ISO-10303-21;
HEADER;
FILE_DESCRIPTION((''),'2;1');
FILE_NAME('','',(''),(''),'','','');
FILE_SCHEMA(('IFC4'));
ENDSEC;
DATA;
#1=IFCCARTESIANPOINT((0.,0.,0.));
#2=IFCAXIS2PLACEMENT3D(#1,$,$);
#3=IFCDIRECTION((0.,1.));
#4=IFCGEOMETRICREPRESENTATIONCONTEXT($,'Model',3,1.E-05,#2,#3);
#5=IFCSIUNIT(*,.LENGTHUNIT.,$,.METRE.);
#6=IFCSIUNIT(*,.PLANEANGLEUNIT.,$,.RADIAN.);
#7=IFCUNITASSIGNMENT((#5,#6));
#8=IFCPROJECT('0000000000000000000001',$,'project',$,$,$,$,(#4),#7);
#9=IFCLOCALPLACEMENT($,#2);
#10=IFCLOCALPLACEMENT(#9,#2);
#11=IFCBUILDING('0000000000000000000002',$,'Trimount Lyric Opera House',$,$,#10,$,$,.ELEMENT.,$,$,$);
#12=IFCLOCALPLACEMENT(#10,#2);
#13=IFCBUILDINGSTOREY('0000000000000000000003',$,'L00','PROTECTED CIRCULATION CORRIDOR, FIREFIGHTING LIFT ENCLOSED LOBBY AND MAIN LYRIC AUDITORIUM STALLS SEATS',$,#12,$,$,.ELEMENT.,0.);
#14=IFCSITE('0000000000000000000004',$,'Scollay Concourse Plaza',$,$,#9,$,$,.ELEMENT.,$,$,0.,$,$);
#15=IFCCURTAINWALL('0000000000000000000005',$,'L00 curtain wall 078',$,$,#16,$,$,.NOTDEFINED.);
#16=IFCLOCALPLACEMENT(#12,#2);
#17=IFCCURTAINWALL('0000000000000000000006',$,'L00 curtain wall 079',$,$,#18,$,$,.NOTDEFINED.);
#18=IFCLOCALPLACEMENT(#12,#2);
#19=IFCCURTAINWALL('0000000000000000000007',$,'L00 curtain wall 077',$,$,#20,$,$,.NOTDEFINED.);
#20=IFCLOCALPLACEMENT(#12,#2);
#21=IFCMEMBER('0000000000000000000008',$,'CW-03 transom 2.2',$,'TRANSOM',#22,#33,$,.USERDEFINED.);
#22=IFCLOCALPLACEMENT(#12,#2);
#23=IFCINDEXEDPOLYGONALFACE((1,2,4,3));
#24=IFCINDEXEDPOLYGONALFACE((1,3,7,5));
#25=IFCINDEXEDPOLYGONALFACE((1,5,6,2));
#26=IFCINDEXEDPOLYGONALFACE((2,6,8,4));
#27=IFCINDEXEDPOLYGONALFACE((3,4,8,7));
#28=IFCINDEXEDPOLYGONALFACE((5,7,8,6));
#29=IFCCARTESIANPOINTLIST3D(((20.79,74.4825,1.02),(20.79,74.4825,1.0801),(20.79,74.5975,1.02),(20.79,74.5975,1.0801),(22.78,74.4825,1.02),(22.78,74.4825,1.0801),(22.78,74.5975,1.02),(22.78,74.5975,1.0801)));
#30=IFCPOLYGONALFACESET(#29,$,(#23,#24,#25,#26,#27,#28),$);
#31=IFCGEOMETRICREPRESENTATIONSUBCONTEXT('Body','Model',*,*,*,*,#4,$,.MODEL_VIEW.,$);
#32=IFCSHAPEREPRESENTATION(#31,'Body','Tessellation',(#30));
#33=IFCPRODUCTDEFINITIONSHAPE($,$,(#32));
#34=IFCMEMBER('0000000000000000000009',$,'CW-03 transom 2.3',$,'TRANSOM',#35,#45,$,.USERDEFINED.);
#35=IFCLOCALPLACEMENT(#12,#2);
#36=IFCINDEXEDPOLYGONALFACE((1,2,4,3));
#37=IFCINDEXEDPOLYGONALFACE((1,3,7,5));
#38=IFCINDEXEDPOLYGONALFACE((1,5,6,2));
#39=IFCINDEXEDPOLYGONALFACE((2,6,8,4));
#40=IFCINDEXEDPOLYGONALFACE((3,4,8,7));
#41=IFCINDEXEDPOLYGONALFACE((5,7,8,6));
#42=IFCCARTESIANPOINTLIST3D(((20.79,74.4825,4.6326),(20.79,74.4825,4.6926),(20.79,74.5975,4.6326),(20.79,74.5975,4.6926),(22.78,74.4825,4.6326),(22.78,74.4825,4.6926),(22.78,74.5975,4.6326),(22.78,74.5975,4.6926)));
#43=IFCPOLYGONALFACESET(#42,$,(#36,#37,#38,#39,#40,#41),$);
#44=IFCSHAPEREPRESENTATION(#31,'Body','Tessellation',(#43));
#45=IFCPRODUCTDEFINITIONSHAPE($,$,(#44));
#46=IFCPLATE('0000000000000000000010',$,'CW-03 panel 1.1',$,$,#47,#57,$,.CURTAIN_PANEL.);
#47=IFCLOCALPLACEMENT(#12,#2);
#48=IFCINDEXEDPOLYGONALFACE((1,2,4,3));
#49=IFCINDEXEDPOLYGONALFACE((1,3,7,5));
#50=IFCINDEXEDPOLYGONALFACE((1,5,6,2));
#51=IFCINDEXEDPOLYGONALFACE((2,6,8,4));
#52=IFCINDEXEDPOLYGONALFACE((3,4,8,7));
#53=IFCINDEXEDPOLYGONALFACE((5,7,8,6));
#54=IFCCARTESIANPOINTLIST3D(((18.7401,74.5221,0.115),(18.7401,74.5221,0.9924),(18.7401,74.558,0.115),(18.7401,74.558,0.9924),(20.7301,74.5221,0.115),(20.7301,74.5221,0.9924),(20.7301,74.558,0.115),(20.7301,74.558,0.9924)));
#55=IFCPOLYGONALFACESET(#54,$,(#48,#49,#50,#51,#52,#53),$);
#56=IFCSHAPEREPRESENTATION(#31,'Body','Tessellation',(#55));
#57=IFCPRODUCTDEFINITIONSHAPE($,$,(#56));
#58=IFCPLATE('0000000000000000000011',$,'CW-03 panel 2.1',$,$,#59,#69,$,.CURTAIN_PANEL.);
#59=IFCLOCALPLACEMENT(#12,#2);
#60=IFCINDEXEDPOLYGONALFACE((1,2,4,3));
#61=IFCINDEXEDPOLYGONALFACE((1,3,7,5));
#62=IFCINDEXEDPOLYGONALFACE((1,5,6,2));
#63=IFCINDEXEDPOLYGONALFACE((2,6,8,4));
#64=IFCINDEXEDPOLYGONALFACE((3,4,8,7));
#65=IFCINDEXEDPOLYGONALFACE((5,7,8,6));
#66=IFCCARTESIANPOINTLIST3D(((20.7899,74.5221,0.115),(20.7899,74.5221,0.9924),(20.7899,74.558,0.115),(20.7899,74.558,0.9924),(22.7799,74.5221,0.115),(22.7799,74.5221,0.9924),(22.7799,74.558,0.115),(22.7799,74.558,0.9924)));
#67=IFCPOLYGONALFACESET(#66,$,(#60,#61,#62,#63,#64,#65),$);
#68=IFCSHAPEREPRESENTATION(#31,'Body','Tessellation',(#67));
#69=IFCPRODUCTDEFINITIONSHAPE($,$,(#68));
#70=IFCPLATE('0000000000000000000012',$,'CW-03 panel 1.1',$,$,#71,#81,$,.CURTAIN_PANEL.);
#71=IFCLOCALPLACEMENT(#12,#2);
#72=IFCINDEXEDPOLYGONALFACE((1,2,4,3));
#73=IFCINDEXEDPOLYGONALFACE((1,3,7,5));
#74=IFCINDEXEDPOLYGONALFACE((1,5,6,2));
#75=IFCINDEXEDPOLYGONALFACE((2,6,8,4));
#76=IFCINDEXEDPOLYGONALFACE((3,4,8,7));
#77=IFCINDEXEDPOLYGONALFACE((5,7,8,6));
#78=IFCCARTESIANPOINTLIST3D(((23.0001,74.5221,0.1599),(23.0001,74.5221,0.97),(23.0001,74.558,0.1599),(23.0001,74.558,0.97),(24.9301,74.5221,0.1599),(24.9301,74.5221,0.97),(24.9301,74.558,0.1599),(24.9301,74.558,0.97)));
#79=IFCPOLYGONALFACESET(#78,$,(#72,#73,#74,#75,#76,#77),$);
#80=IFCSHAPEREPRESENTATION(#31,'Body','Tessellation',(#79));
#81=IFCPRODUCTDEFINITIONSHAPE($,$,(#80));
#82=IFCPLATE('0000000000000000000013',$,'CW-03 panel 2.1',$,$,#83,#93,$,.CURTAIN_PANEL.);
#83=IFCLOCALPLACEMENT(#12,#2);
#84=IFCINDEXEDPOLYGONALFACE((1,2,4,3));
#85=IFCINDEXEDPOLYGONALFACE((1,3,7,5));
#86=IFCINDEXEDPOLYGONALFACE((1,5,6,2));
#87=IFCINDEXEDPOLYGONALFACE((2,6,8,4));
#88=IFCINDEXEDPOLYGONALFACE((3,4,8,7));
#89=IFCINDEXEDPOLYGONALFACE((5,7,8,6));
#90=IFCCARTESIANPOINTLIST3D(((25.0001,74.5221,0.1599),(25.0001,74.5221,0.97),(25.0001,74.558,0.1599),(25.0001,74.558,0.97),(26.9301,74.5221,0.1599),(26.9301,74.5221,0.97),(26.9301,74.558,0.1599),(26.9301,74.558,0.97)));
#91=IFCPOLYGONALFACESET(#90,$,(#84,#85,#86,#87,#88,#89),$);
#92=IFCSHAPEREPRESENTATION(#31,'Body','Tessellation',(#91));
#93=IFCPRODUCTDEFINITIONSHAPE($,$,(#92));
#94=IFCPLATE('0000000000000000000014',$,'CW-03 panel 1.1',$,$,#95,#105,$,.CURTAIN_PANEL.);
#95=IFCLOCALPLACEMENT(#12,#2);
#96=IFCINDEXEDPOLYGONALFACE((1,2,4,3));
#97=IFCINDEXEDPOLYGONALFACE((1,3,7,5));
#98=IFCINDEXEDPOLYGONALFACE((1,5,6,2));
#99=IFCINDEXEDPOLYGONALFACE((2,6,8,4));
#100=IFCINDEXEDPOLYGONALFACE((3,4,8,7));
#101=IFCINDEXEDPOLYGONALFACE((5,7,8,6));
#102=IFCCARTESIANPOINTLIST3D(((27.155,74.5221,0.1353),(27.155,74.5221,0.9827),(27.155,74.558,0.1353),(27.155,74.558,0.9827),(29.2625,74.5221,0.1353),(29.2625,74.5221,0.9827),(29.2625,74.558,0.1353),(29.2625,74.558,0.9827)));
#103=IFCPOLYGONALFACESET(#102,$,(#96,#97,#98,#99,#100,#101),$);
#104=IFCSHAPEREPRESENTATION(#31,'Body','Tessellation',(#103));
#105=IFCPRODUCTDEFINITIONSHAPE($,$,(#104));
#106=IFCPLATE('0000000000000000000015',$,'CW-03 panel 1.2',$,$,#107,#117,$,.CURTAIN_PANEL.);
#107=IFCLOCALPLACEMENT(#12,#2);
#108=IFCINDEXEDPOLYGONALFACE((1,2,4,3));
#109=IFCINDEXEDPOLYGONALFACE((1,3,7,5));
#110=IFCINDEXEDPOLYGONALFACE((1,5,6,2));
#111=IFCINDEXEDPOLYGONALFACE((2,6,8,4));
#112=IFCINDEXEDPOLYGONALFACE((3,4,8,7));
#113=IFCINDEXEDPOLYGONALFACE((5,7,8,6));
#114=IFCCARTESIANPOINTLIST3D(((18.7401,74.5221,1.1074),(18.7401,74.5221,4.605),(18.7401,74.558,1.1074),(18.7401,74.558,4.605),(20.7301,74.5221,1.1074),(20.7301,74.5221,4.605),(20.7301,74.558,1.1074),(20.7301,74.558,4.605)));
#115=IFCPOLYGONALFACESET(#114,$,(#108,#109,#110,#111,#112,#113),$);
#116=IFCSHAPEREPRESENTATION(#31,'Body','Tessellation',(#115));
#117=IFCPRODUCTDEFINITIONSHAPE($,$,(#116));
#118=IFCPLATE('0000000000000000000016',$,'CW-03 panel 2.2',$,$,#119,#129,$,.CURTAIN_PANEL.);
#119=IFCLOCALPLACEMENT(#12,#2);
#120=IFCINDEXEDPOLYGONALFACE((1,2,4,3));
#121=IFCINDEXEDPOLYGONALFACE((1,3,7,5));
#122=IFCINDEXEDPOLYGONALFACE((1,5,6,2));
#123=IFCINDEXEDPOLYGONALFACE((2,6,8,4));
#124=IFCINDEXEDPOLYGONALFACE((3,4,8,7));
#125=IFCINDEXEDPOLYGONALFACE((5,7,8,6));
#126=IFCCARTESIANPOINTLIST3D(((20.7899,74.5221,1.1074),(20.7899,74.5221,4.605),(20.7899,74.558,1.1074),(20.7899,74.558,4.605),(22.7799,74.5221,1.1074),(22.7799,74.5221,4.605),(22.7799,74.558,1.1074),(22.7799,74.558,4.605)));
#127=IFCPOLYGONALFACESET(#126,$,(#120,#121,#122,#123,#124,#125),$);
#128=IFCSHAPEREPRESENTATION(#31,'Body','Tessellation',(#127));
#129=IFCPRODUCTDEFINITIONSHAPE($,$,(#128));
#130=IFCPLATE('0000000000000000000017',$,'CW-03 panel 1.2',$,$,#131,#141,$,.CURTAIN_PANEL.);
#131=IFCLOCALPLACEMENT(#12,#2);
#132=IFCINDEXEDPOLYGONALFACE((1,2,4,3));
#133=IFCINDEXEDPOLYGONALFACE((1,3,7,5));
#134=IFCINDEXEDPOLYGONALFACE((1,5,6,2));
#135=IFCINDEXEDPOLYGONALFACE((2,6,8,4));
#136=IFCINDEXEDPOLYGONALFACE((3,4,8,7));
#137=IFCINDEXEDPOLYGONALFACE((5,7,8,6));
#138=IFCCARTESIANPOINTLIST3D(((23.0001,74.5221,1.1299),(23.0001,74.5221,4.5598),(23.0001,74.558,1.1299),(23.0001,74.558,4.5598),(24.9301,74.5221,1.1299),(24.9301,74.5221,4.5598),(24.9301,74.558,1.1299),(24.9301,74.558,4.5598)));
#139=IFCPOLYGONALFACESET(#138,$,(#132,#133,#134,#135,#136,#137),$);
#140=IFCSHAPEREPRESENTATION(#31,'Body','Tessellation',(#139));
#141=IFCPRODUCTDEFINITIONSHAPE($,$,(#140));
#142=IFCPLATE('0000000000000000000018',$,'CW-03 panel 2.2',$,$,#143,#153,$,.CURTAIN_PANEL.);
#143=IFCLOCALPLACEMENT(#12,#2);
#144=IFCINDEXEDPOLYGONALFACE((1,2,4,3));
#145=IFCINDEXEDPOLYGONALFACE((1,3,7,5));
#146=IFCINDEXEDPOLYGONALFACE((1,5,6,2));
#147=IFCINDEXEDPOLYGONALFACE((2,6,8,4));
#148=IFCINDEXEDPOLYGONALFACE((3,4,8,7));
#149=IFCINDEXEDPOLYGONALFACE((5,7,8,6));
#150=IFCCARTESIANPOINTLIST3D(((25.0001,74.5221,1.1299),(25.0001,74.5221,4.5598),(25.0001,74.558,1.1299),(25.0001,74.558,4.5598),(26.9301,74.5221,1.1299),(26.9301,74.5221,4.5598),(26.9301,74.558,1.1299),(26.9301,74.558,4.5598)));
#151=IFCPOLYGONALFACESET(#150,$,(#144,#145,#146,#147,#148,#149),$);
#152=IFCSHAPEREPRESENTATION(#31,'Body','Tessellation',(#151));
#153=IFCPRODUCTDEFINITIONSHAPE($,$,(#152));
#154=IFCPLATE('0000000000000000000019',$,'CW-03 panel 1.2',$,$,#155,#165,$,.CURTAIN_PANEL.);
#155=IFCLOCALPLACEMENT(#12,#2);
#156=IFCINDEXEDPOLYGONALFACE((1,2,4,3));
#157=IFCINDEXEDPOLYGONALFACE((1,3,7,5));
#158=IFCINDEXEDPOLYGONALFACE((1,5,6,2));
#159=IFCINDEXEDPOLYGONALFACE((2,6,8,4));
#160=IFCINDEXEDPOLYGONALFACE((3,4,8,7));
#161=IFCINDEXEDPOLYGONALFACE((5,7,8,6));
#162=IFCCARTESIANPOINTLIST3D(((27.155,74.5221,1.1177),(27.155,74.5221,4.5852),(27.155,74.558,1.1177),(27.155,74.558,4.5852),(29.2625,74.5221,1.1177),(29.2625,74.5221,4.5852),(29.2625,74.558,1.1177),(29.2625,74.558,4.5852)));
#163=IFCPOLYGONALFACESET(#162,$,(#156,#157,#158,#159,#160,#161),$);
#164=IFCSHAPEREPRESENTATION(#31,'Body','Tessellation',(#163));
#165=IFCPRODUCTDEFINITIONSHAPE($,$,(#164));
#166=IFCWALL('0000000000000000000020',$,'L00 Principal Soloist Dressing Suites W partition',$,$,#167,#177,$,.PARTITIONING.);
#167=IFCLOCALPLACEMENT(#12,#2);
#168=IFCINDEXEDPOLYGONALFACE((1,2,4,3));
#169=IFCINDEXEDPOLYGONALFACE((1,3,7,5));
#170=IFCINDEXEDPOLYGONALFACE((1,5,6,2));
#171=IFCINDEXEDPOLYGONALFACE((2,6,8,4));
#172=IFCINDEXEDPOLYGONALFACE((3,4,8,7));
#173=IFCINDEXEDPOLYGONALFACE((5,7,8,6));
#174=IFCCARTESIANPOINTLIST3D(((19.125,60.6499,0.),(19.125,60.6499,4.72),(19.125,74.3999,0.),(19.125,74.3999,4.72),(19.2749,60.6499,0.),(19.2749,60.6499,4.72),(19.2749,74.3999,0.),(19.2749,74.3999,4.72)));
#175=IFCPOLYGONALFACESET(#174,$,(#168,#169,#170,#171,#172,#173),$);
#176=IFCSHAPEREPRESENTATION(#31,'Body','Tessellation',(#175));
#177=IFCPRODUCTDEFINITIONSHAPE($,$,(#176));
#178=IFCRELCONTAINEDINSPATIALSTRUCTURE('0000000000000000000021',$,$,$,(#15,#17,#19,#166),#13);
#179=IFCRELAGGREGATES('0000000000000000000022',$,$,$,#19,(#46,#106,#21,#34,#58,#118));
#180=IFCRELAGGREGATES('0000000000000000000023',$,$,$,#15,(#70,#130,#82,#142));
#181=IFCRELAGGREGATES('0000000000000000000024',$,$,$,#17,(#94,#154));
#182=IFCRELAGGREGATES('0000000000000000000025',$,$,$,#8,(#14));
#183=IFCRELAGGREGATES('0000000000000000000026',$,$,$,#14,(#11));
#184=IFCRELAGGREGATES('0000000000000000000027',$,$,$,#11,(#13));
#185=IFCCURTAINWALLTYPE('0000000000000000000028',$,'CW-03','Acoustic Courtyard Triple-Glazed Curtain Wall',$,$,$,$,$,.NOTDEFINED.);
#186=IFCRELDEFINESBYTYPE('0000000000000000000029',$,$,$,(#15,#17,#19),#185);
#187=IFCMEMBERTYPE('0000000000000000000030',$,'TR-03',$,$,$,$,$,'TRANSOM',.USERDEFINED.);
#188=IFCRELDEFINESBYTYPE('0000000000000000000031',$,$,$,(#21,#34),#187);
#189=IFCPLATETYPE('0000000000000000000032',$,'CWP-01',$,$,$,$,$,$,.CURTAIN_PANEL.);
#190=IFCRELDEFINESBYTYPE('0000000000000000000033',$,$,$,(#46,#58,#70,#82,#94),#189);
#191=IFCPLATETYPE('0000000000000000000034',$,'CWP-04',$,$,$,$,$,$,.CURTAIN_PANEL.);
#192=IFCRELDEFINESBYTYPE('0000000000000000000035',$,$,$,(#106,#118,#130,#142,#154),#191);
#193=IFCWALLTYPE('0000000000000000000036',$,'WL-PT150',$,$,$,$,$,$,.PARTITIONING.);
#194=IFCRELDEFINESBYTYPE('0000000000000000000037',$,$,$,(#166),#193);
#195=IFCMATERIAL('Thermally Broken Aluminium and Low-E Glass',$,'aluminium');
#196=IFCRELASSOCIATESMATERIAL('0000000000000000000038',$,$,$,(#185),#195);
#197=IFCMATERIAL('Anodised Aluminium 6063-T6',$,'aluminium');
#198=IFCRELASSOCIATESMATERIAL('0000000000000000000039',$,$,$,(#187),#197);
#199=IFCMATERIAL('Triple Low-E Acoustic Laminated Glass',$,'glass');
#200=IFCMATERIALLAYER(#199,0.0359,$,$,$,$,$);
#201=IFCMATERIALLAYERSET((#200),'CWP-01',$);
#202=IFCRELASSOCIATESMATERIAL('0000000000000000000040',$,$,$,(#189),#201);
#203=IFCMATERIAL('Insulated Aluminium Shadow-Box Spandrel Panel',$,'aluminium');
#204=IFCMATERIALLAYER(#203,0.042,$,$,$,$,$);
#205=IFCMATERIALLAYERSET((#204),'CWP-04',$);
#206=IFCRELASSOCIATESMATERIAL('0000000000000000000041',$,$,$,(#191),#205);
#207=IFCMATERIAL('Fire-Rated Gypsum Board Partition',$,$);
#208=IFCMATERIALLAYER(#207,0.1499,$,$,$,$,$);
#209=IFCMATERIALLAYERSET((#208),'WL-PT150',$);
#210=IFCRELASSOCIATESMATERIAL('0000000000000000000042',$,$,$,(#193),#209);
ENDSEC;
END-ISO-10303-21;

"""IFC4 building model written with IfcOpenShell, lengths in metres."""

from ifc_helpers import new_model, si_unit, direction, frame, frame_2d, origin, origin_2d, place, context, subcontext, project, spatial, rectangle, extrude, material, layer, layer_set, material_profile, profile_set, type_object, element, aggregate, save


model = new_model("IFC4")

# Units and contexts
model_context = context("Model", 3, precision=1e-05, world=origin(), true_north=direction((0.0, 1.0)))
body_context = subcontext(model_context, "Body", "Model", "MODEL_VIEW")
ifc_project = project(units=[si_unit("LENGTHUNIT", "METRE"), si_unit("PLANEANGLEUNIT", "RADIAN")], contexts=[model_context])

# Site, building, storey
site_placement = place(None, origin())
site = spatial("IfcSite", under=ifc_project, at=site_placement, Name="Scollay Concourse Plaza", CompositionType="ELEMENT", RefElevation=0.0)
building_placement = place(site_placement, origin())
building = spatial("IfcBuilding", under=site, at=building_placement, Name="Trimount Lyric Opera House", CompositionType="ELEMENT")
storey_placement = place(building_placement, origin())
storey = spatial("IfcBuildingStorey", under=building, at=storey_placement, Name="L00", Description="PROTECTED CIRCULATION CORRIDOR, FIREFIGHTING LIFT ENCLOSED LOBBY AND MAIN LYRIC AUDITORIUM STALLS SEATS", CompositionType="ELEMENT", Elevation=0.0)

# Curtain walls
ifc_material_1 = material(Name="Thermally Broken Aluminium and Low-E Glass", Category="aluminium")
curtain_wall_type = type_object("IfcCurtainWallType", Name="CW-03", Description="Acoustic Courtyard Triple-Glazed Curtain Wall", PredefinedType="NOTDEFINED", material=ifc_material_1)
curtain_wall_1_placement = place(storey_placement, origin())
curtain_wall_1 = element("IfcCurtainWall", 1, at=curtain_wall_1_placement, inside=storey, type_object=curtain_wall_type, Name="L00 curtain wall 078", PredefinedType="NOTDEFINED")
curtain_wall_2_placement = place(storey_placement, origin())
curtain_wall_2 = element("IfcCurtainWall", 2, at=curtain_wall_2_placement, inside=storey, type_object=curtain_wall_type, Name="L00 curtain wall 079", PredefinedType="NOTDEFINED")
curtain_wall_3_placement = place(storey_placement, origin())
curtain_wall_3 = element("IfcCurtainWall", 3, at=curtain_wall_3_placement, inside=storey, type_object=curtain_wall_type, Name="L00 curtain wall 077", PredefinedType="NOTDEFINED")

# Members
ifc_material_2 = material(Name="Anodised Aluminium 6063-T6", Category="aluminium")
ifc_material_profile_1 = material_profile(ifc_material_2, rectangle(XDim=0.115, YDim=0.0601, at=origin_2d()), Name="ALU-TRAN-60X115")
ifc_profile_set_1 = profile_set([ifc_material_profile_1], Name="Anodised Aluminium 6063-T6")
member_type_1 = type_object("IfcMemberType", Name="TR-03", ElementType="TRANSOM", PredefinedType="USERDEFINED", material=ifc_profile_set_1)
member_1_placement = place(storey_placement, frame((20.79, 74.54, 1.05), z_axis=(1.0, 0.0, 0.0), x_axis=(0.0, 1.0, 0.0)))
member_1 = element("IfcMember", 4, at=member_1_placement, type_object=member_type_1, Name="CW-03 transom 2.2", ObjectType="TRANSOM", PredefinedType="USERDEFINED", context=body_context, shape_type="SweptSolid", body=[
    extrude(rectangle(XDim=0.115, YDim=0.0601, at=origin_2d()), origin(), (0.0, 0.0, 1.0), 1.99),
])
member_2_placement = place(storey_placement, frame((20.79, 74.54, 4.6626), z_axis=(1.0, 0.0, 0.0), x_axis=(0.0, 1.0, 0.0)))
member_2 = element("IfcMember", 5, at=member_2_placement, type_object=member_type_1, Name="CW-03 transom 2.3", ObjectType="TRANSOM", PredefinedType="USERDEFINED", context=body_context, shape_type="SweptSolid", body=[
    extrude(rectangle(XDim=0.115, YDim=0.0601, at=origin_2d()), origin(), (0.0, 0.0, 1.0), 1.99),
])

# Plates
ifc_material_3 = material(Name="Triple Low-E Acoustic Laminated Glass", Category="glass")
ifc_layer_1 = layer(ifc_material_3, 0.0359)
ifc_layer_set_1 = layer_set([ifc_layer_1], Name="CWP-01")
plate_type_1 = type_object("IfcPlateType", Name="CWP-01", PredefinedType="CURTAIN_PANEL", material=ifc_layer_set_1)
plate_1_placement = place(storey_placement, frame((19.7351, 74.54, 0.115), z_axis=(0.0, 0.0, 1.0), x_axis=(1.0, 0.0, 0.0)))
plate_1 = element("IfcPlate", 6, at=plate_1_placement, type_object=plate_type_1, Name="CW-03 panel 1.1", PredefinedType="CURTAIN_PANEL", context=body_context, shape_type="SweptSolid", body=[
    extrude(rectangle(XDim=1.99, YDim=0.0359, at=origin_2d()), origin(), (0.0, 0.0, 1.0), 0.8774),
])
plate_2_placement = place(storey_placement, frame((21.7849, 74.54, 0.115), z_axis=(0.0, 0.0, 1.0), x_axis=(1.0, 0.0, 0.0)))
plate_2 = element("IfcPlate", 7, at=plate_2_placement, type_object=plate_type_1, Name="CW-03 panel 2.1", PredefinedType="CURTAIN_PANEL", context=body_context, shape_type="SweptSolid", body=[
    extrude(rectangle(XDim=1.99, YDim=0.0359, at=origin_2d()), origin(), (0.0, 0.0, 1.0), 0.8774),
])
plate_3_placement = place(storey_placement, frame((23.9651, 74.54, 0.1599), z_axis=(0.0, 0.0, 1.0), x_axis=(1.0, 0.0, 0.0)))
plate_3 = element("IfcPlate", 8, at=plate_3_placement, type_object=plate_type_1, Name="CW-03 panel 1.1", PredefinedType="CURTAIN_PANEL", context=body_context, shape_type="SweptSolid", body=[
    extrude(rectangle(XDim=1.9299, YDim=0.0359, at=origin_2d()), origin(), (0.0, 0.0, 1.0), 0.8101),
])
plate_4_placement = place(storey_placement, frame((25.9651, 74.54, 0.1599), z_axis=(0.0, 0.0, 1.0), x_axis=(1.0, 0.0, 0.0)))
plate_4 = element("IfcPlate", 9, at=plate_4_placement, type_object=plate_type_1, Name="CW-03 panel 2.1", PredefinedType="CURTAIN_PANEL", context=body_context, shape_type="SweptSolid", body=[
    extrude(rectangle(XDim=1.9299, YDim=0.0359, at=origin_2d()), origin(), (0.0, 0.0, 1.0), 0.8101),
])
plate_5_placement = place(storey_placement, frame((28.2087, 74.54, 0.1353), z_axis=(0.0, 0.0, 1.0), x_axis=(1.0, 0.0, 0.0)))
plate_5 = element("IfcPlate", 10, at=plate_5_placement, type_object=plate_type_1, Name="CW-03 panel 1.1", PredefinedType="CURTAIN_PANEL", context=body_context, shape_type="SweptSolid", body=[
    extrude(rectangle(XDim=2.1074, YDim=0.0359, at=origin_2d()), origin(), (0.0, 0.0, 1.0), 0.8474),
])
ifc_material_4 = material(Name="Insulated Aluminium Shadow-Box Spandrel Panel", Category="aluminium")
ifc_layer_2 = layer(ifc_material_4, 0.042)
ifc_layer_set_2 = layer_set([ifc_layer_2], Name="CWP-04")
plate_type_2 = type_object("IfcPlateType", Name="CWP-04", PredefinedType="CURTAIN_PANEL", material=ifc_layer_set_2)
plate_6_placement = place(storey_placement, frame((19.7351, 74.54, 1.1074), z_axis=(0.0, 0.0, 1.0), x_axis=(1.0, 0.0, 0.0)))
plate_6 = element("IfcPlate", 11, at=plate_6_placement, type_object=plate_type_2, Name="CW-03 panel 1.2", PredefinedType="CURTAIN_PANEL", context=body_context, shape_type="SweptSolid", body=[
    extrude(rectangle(XDim=1.99, YDim=0.0359, at=origin_2d()), origin(), (0.0, 0.0, 1.0), 3.4976),
])
plate_7_placement = place(storey_placement, frame((21.7849, 74.54, 1.1074), z_axis=(0.0, 0.0, 1.0), x_axis=(1.0, 0.0, 0.0)))
plate_7 = element("IfcPlate", 12, at=plate_7_placement, type_object=plate_type_2, Name="CW-03 panel 2.2", PredefinedType="CURTAIN_PANEL", context=body_context, shape_type="SweptSolid", body=[
    extrude(rectangle(XDim=1.99, YDim=0.0359, at=origin_2d()), origin(), (0.0, 0.0, 1.0), 3.4976),
])
aggregate(curtain_wall_3, [plate_1, plate_6, member_1, member_2, plate_2, plate_7])
plate_8_placement = place(storey_placement, frame((23.9651, 74.54, 1.1299), z_axis=(0.0, 0.0, 1.0), x_axis=(1.0, 0.0, 0.0)))
plate_8 = element("IfcPlate", 13, at=plate_8_placement, type_object=plate_type_2, Name="CW-03 panel 1.2", PredefinedType="CURTAIN_PANEL", context=body_context, shape_type="SweptSolid", body=[
    extrude(rectangle(XDim=1.9299, YDim=0.0359, at=origin_2d()), origin(), (0.0, 0.0, 1.0), 3.4299),
])
plate_9_placement = place(storey_placement, frame((25.9651, 74.54, 1.1299), z_axis=(0.0, 0.0, 1.0), x_axis=(1.0, 0.0, 0.0)))
plate_9 = element("IfcPlate", 14, at=plate_9_placement, type_object=plate_type_2, Name="CW-03 panel 2.2", PredefinedType="CURTAIN_PANEL", context=body_context, shape_type="SweptSolid", body=[
    extrude(rectangle(XDim=1.9299, YDim=0.0359, at=origin_2d()), origin(), (0.0, 0.0, 1.0), 3.4299),
])
aggregate(curtain_wall_1, [plate_3, plate_8, plate_4, plate_9])
plate_10_placement = place(storey_placement, frame((28.2087, 74.54, 1.1177), z_axis=(0.0, 0.0, 1.0), x_axis=(1.0, 0.0, 0.0)))
plate_10 = element("IfcPlate", 15, at=plate_10_placement, type_object=plate_type_2, Name="CW-03 panel 1.2", PredefinedType="CURTAIN_PANEL", context=body_context, shape_type="SweptSolid", body=[
    extrude(rectangle(XDim=2.1074, YDim=0.0359, at=origin_2d()), origin(), (0.0, 0.0, 1.0), 3.4675),
])
aggregate(curtain_wall_2, [plate_5, plate_10])

# Wall
ifc_material_5 = material(Name="Fire-Rated Gypsum Board Partition")
ifc_layer_3 = layer(ifc_material_5, 0.1499)
ifc_layer_set_3 = layer_set([ifc_layer_3], Name="WL-PT150")
wall_type = type_object("IfcWallType", Name="WL-PT150", PredefinedType="PARTITIONING", material=ifc_layer_set_3)
wall_placement = place(storey_placement, frame((19.2, 74.3999, 0.0), z_axis=(0.0, 0.0, 1.0), x_axis=(0.0, -1.0, 0.0)))
element("IfcWall", 16, at=wall_placement, inside=storey, type_object=wall_type, Name="L00 Principal Soloist Dressing Suites W partition", PredefinedType="PARTITIONING", context=body_context, shape_type="SweptSolid", body=[
    extrude(rectangle(XDim=13.75, YDim=0.1499, at=frame_2d((6.875, 0.0))), origin(), (0.0, 0.0, 1.0), 4.72),
])

save(model, "model.ifc")
